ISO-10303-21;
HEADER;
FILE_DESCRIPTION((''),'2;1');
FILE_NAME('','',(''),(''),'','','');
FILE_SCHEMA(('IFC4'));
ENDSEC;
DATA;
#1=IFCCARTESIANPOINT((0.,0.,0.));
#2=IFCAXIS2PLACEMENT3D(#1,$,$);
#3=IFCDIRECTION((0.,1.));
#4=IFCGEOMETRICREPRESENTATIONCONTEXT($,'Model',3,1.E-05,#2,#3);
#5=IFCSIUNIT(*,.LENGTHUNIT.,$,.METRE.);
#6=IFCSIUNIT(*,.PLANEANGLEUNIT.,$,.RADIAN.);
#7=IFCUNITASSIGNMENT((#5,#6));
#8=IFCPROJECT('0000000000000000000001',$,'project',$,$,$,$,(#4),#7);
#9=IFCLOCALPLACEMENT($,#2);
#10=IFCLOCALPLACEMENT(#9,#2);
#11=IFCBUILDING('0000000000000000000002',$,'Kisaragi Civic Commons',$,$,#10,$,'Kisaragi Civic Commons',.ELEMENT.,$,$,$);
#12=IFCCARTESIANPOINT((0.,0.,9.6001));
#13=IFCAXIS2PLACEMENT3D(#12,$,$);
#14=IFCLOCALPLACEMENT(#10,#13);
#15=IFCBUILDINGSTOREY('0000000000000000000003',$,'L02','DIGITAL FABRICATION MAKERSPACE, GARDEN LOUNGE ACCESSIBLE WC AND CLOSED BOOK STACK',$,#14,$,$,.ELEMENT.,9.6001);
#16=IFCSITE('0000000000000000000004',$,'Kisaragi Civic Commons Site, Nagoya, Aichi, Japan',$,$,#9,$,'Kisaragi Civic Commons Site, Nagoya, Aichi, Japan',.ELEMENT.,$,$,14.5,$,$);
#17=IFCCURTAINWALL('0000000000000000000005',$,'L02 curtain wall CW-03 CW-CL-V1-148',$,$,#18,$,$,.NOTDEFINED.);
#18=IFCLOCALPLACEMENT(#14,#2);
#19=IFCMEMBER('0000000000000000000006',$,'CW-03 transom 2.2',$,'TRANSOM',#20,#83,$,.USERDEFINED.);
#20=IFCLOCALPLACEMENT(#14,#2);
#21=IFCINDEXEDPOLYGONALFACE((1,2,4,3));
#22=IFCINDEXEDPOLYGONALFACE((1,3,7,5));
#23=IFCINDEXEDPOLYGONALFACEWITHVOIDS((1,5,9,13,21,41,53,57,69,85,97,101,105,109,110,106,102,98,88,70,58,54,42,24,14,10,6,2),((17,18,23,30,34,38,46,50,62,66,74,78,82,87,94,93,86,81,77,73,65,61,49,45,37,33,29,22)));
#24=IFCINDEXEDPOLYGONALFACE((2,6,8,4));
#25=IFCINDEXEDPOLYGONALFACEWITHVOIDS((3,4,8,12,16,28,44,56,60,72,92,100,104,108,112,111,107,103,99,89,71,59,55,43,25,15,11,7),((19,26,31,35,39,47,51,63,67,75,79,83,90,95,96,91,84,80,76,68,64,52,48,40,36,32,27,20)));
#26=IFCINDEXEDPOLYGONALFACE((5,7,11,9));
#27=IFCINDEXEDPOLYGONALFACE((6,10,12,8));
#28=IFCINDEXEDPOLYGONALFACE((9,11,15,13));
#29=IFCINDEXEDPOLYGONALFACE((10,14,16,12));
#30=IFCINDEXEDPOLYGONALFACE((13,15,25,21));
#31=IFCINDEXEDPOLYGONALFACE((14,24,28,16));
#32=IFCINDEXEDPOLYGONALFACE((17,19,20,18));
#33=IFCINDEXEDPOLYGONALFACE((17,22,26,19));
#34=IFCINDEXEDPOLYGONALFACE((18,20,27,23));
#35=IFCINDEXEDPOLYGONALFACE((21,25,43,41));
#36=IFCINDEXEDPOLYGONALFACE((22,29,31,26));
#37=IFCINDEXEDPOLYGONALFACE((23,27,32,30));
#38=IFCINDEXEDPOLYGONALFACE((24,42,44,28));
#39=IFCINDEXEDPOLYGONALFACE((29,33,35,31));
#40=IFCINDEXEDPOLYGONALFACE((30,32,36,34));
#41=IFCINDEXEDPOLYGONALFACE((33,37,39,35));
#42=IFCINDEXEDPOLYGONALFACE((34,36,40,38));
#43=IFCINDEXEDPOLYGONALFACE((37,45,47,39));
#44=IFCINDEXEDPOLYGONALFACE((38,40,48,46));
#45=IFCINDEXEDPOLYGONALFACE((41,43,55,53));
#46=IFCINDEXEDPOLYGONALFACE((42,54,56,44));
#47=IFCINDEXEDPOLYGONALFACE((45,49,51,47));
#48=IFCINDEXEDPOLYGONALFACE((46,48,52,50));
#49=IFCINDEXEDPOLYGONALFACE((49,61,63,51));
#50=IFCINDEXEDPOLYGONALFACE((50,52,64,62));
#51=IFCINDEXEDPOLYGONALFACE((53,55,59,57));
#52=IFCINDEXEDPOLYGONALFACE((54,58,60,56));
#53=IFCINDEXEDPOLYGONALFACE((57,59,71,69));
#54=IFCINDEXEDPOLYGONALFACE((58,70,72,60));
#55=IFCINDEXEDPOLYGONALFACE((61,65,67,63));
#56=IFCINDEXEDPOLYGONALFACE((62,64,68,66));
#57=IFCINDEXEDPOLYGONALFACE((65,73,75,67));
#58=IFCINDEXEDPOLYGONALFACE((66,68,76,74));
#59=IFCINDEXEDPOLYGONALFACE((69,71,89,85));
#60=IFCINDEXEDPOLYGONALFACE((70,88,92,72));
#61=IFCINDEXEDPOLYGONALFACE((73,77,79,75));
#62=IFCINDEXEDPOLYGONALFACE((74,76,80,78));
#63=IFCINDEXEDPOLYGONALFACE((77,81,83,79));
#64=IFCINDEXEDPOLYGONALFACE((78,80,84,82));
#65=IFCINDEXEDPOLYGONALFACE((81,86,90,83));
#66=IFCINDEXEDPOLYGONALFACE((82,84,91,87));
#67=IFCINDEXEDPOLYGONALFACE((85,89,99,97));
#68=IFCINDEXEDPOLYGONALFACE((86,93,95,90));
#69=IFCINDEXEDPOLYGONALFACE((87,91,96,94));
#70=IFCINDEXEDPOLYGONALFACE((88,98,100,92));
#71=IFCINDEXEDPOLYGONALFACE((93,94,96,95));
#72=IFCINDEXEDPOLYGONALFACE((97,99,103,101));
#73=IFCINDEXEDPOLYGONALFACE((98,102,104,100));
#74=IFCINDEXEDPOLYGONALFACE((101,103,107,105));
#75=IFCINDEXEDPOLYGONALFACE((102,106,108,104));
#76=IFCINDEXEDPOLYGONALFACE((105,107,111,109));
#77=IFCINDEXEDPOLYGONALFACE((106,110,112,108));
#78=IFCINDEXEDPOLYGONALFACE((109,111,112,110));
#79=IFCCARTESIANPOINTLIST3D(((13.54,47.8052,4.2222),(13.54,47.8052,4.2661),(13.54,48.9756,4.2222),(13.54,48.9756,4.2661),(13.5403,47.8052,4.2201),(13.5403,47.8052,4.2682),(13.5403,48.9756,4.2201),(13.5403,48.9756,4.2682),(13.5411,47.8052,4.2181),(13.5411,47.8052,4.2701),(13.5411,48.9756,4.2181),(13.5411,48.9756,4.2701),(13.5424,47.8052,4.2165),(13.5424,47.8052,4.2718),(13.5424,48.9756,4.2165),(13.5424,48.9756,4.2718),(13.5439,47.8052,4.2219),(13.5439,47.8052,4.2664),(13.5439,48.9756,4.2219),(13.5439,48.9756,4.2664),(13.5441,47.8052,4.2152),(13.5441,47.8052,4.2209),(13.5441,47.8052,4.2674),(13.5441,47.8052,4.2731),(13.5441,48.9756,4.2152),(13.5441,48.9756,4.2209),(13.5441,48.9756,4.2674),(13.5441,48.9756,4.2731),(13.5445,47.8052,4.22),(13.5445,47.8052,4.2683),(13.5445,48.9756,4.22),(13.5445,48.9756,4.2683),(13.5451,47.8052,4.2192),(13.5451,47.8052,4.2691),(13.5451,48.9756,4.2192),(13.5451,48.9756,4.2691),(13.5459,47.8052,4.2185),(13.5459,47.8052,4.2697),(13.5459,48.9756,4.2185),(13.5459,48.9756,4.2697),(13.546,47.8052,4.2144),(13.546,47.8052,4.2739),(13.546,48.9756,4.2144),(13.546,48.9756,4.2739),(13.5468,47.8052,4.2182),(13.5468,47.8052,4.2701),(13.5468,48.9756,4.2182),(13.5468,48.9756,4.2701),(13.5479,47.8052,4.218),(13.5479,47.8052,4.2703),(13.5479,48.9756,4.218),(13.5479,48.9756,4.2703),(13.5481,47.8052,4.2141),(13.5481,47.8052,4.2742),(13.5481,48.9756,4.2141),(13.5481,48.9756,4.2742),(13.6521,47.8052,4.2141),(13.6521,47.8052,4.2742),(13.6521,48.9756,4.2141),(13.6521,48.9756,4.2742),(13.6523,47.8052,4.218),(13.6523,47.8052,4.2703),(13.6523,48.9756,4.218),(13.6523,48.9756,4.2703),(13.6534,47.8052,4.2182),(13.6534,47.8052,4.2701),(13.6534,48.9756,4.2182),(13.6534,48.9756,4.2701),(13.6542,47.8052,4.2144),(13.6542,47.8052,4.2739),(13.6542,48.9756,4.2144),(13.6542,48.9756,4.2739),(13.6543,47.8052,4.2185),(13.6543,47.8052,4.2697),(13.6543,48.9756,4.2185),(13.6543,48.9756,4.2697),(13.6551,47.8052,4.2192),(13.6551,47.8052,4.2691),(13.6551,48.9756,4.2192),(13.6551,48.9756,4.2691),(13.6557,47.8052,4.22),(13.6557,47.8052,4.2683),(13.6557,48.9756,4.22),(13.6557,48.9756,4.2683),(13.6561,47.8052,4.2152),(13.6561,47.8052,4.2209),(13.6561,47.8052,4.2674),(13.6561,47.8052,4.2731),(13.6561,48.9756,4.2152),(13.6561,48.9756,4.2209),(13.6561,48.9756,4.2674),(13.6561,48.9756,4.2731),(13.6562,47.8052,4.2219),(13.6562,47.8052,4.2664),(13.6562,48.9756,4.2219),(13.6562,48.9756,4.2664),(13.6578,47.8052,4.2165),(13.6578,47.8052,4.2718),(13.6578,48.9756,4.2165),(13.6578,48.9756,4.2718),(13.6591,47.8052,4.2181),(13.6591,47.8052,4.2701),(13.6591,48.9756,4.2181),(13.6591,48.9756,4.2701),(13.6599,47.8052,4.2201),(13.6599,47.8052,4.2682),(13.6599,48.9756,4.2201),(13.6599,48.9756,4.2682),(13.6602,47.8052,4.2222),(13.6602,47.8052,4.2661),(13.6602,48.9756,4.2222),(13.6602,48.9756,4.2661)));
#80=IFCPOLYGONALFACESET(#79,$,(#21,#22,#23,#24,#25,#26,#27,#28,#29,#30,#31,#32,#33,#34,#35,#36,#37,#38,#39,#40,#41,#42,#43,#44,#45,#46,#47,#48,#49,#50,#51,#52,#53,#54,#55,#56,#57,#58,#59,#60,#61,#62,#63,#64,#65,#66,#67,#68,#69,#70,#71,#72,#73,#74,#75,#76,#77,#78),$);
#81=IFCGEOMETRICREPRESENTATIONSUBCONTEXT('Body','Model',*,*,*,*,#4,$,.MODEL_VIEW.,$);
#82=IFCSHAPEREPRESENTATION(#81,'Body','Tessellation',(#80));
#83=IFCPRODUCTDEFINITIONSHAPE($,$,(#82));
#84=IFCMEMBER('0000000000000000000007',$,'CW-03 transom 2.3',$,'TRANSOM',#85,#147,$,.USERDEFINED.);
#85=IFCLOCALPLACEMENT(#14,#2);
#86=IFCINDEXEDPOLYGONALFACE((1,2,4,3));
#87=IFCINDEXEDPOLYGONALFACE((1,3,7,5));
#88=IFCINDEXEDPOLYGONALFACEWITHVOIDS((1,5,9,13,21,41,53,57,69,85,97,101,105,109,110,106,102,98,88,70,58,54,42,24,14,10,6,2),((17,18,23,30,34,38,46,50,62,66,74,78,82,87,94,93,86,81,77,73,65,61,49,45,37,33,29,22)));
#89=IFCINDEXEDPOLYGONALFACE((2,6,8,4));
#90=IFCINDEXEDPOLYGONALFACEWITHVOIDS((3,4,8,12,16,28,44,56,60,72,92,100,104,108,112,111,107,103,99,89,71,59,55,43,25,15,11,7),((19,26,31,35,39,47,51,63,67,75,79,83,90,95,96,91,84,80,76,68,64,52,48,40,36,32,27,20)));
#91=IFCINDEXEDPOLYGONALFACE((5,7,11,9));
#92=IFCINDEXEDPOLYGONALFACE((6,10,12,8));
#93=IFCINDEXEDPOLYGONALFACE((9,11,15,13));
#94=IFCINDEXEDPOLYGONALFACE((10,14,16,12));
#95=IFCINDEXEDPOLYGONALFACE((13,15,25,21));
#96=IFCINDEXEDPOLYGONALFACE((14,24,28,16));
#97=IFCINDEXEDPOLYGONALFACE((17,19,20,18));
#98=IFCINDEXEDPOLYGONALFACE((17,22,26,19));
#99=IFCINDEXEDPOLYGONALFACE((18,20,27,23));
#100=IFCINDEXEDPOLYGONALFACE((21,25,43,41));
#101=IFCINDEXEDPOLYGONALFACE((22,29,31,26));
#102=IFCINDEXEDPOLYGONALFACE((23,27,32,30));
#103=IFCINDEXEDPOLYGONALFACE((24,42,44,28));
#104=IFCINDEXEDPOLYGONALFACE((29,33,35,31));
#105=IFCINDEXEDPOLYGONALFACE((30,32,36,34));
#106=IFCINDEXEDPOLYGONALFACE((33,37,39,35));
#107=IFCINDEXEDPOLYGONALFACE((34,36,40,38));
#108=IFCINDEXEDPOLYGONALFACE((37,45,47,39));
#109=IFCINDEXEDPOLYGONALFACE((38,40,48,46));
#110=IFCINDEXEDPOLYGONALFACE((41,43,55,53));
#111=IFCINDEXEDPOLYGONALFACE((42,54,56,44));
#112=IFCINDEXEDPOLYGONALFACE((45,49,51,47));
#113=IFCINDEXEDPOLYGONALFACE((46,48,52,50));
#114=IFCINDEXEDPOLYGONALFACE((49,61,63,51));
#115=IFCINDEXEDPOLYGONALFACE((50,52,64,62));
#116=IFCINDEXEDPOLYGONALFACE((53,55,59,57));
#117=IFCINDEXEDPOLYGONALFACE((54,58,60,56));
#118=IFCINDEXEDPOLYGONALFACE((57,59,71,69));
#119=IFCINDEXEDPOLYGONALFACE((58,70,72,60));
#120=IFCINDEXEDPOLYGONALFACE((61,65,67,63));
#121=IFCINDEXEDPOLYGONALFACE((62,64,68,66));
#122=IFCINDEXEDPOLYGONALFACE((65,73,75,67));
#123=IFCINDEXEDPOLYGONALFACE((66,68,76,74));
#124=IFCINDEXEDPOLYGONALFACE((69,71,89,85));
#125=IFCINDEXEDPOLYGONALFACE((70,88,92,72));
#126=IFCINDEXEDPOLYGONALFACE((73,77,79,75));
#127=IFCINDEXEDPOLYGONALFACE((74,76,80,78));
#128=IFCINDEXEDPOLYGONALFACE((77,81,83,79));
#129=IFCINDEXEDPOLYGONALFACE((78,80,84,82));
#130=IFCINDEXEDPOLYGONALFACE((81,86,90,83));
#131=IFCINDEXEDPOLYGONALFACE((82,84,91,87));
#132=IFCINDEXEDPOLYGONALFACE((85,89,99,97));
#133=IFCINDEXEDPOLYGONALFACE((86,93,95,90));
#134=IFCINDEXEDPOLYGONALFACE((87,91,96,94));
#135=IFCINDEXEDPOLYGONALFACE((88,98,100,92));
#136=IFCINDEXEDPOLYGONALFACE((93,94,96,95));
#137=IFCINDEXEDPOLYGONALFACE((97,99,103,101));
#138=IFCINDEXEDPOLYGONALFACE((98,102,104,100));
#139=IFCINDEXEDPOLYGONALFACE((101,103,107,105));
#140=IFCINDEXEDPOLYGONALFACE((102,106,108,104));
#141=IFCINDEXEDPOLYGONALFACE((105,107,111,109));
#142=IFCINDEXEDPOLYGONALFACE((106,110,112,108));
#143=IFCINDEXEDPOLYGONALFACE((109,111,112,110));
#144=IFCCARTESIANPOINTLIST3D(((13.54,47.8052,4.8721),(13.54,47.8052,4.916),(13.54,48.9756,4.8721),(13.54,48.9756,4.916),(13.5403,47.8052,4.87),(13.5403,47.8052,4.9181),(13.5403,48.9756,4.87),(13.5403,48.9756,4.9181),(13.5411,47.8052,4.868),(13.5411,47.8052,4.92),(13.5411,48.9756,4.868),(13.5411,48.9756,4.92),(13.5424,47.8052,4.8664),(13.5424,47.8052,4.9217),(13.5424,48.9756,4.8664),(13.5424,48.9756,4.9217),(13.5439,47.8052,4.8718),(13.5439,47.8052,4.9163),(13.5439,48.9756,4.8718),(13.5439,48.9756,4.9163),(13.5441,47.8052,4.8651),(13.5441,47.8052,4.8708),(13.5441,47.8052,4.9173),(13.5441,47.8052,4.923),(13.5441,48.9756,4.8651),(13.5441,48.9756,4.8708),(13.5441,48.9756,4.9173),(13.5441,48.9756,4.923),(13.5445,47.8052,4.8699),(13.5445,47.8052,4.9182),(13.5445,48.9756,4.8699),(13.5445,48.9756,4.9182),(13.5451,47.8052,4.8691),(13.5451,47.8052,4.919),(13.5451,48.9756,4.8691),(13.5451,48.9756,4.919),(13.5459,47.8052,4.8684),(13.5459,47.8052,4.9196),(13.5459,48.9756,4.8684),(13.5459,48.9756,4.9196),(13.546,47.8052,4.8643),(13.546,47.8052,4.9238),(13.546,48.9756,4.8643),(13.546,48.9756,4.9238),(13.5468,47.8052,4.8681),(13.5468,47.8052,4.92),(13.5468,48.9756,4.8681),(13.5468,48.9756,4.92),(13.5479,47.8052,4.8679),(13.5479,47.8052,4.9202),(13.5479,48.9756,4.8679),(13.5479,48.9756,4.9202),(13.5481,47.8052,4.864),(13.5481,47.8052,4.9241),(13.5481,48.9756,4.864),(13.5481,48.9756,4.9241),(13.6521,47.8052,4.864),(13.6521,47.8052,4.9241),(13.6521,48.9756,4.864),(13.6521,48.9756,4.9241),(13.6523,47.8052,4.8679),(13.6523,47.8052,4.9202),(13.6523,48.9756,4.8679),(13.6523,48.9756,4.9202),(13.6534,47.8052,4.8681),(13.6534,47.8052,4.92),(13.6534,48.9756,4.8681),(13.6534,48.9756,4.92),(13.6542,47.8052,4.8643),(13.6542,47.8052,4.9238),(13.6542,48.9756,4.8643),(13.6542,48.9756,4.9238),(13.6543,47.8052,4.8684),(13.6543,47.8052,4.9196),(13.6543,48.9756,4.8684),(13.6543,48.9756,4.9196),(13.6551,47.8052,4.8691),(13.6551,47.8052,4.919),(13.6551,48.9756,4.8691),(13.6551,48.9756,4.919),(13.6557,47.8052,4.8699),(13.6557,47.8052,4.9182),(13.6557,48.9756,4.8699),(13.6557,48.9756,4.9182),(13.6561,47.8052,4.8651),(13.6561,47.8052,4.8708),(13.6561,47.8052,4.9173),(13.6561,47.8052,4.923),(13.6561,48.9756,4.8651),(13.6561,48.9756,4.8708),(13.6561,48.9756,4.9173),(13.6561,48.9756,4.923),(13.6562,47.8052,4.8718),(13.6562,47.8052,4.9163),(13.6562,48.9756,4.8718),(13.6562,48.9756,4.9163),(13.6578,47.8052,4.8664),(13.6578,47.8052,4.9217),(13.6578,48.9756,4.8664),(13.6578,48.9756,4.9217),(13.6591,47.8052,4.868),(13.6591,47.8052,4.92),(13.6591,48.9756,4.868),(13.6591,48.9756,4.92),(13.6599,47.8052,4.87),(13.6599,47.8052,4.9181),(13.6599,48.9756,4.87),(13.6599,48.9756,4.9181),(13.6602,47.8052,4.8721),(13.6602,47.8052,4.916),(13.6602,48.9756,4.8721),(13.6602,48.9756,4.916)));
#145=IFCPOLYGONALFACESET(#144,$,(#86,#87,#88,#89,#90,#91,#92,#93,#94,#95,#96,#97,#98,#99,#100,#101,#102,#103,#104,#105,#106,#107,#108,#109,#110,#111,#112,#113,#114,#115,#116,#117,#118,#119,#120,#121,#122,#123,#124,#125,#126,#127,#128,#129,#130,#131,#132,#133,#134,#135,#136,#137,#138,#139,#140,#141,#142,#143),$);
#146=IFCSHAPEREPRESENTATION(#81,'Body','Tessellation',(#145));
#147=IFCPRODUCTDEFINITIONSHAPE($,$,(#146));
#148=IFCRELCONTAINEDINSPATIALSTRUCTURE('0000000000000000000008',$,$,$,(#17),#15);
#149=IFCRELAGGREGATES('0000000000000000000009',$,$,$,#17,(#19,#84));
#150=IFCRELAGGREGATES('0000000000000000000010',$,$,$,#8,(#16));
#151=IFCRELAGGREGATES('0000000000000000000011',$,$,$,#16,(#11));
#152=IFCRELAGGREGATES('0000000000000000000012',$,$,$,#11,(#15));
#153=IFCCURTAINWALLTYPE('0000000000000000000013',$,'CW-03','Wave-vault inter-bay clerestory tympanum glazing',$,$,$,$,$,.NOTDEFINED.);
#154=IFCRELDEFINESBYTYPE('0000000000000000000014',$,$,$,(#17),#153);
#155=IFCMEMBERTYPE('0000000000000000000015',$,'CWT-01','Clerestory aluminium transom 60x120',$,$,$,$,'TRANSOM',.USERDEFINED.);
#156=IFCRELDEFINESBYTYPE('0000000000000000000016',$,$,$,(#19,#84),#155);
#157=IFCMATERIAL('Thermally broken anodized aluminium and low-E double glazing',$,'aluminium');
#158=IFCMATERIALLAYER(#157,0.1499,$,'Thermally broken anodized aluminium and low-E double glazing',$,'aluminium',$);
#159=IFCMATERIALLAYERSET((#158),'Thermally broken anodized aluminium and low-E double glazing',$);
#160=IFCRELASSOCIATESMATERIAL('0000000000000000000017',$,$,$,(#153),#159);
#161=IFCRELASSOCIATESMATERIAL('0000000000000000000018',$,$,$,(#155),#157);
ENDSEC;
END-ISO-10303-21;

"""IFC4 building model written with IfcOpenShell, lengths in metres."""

from ifc_helpers import new_model, si_unit, direction, frame, origin, origin_2d, place, context, subcontext, project, spatial, hollow_rectangle, extrude, material, layer, layer_set, material_profile, profile_set, type_object, element, aggregate, save


model = new_model("IFC4")

# Units and contexts
model_context = context("Model", 3, precision=1e-05, world=origin(), true_north=direction((0.0, 1.0)))
body_context = subcontext(model_context, "Body", "Model", "MODEL_VIEW")
ifc_project = project(units=[si_unit("LENGTHUNIT", "METRE"), si_unit("PLANEANGLEUNIT", "RADIAN")], contexts=[model_context])

# Site, building, storey
site_placement = place(None, origin())
site = spatial("IfcSite", under=ifc_project, at=site_placement, Name="Kisaragi Civic Commons Site, Nagoya, Aichi, Japan", LongName="Kisaragi Civic Commons Site, Nagoya, Aichi, Japan", CompositionType="ELEMENT", RefElevation=14.5)
building_placement = place(site_placement, origin())
building = spatial("IfcBuilding", under=site, at=building_placement, Name="Kisaragi Civic Commons", LongName="Kisaragi Civic Commons", CompositionType="ELEMENT")
storey_placement = place(building_placement, frame((0.0, 0.0, 9.6001)))
storey = spatial("IfcBuildingStorey", under=building, at=storey_placement, Name="L02", Description="DIGITAL FABRICATION MAKERSPACE, GARDEN LOUNGE ACCESSIBLE WC AND CLOSED BOOK STACK", CompositionType="ELEMENT", Elevation=9.6001)

# Shared definitions
ifc_material_1 = material(Name="Thermally broken anodized aluminium and low-E double glazing", Category="aluminium")
ifc_layer_1 = layer(ifc_material_1, 0.1499, Name="Thermally broken anodized aluminium and low-E double glazing", Category="aluminium")
ifc_layer_set_1 = layer_set([ifc_layer_1], Name="Thermally broken anodized aluminium and low-E double glazing")
curtain_wall_type = type_object("IfcCurtainWallType", Name="CW-03", Description="Wave-vault inter-bay clerestory tympanum glazing", PredefinedType="NOTDEFINED", material=ifc_layer_set_1)

# Curtain wall, members
curtain_wall_1_placement = place(storey_placement, origin())
curtain_wall_1 = element("IfcCurtainWall", 1, at=curtain_wall_1_placement, inside=storey, type_object=curtain_wall_type, Name="L02 curtain wall CW-03 CW-CL-V1-148", PredefinedType="NOTDEFINED")
ifc_material_profile_1 = material_profile(ifc_material_1, hollow_rectangle(XDim=0.1201, YDim=0.0601, WallThickness=0.0039, InnerFilletRadius=0.0039, OuterFilletRadius=0.0081, at=origin_2d()), Name="CWT-60x120x4", Category="aluminium")
ifc_profile_set_1 = profile_set([ifc_material_profile_1], Name="Thermally broken anodized aluminium and low-E double glazing")
member_type_1 = type_object("IfcMemberType", Name="CWT-01", Description="Clerestory aluminium transom 60x120", ElementType="TRANSOM", PredefinedType="USERDEFINED", material=ifc_profile_set_1)
member_1_placement = place(storey_placement, frame((13.6001, 47.8052, 4.2441), z_axis=(0.0, 1.0, 0.0), x_axis=(-1.0, 0.0, 0.0)))
member_1 = element("IfcMember", 2, at=member_1_placement, type_object=member_type_1, Name="CW-03 transom 2.2", ObjectType="TRANSOM", PredefinedType="USERDEFINED", context=body_context, shape_type="SweptSolid", body=[
    extrude(hollow_rectangle(XDim=0.1201, YDim=0.0601, WallThickness=0.0039, InnerFilletRadius=0.0039, OuterFilletRadius=0.0081, at=origin_2d()), origin(), (0.0, 0.0, 1.0), 1.1704),
])
member_2_placement = place(storey_placement, frame((13.6001, 47.8052, 4.894), z_axis=(0.0, 1.0, 0.0), x_axis=(-1.0, 0.0, 0.0)))
member_2 = element("IfcMember", 3, at=member_2_placement, type_object=member_type_1, Name="CW-03 transom 2.3", ObjectType="TRANSOM", PredefinedType="USERDEFINED", context=body_context, shape_type="SweptSolid", body=[
    extrude(hollow_rectangle(XDim=0.1201, YDim=0.0601, WallThickness=0.0039, InnerFilletRadius=0.0039, OuterFilletRadius=0.0081, at=origin_2d()), origin(), (0.0, 0.0, 1.0), 1.1704),
])

aggregate(curtain_wall_1, [member_1, member_2])

save(model, "model.ifc")
